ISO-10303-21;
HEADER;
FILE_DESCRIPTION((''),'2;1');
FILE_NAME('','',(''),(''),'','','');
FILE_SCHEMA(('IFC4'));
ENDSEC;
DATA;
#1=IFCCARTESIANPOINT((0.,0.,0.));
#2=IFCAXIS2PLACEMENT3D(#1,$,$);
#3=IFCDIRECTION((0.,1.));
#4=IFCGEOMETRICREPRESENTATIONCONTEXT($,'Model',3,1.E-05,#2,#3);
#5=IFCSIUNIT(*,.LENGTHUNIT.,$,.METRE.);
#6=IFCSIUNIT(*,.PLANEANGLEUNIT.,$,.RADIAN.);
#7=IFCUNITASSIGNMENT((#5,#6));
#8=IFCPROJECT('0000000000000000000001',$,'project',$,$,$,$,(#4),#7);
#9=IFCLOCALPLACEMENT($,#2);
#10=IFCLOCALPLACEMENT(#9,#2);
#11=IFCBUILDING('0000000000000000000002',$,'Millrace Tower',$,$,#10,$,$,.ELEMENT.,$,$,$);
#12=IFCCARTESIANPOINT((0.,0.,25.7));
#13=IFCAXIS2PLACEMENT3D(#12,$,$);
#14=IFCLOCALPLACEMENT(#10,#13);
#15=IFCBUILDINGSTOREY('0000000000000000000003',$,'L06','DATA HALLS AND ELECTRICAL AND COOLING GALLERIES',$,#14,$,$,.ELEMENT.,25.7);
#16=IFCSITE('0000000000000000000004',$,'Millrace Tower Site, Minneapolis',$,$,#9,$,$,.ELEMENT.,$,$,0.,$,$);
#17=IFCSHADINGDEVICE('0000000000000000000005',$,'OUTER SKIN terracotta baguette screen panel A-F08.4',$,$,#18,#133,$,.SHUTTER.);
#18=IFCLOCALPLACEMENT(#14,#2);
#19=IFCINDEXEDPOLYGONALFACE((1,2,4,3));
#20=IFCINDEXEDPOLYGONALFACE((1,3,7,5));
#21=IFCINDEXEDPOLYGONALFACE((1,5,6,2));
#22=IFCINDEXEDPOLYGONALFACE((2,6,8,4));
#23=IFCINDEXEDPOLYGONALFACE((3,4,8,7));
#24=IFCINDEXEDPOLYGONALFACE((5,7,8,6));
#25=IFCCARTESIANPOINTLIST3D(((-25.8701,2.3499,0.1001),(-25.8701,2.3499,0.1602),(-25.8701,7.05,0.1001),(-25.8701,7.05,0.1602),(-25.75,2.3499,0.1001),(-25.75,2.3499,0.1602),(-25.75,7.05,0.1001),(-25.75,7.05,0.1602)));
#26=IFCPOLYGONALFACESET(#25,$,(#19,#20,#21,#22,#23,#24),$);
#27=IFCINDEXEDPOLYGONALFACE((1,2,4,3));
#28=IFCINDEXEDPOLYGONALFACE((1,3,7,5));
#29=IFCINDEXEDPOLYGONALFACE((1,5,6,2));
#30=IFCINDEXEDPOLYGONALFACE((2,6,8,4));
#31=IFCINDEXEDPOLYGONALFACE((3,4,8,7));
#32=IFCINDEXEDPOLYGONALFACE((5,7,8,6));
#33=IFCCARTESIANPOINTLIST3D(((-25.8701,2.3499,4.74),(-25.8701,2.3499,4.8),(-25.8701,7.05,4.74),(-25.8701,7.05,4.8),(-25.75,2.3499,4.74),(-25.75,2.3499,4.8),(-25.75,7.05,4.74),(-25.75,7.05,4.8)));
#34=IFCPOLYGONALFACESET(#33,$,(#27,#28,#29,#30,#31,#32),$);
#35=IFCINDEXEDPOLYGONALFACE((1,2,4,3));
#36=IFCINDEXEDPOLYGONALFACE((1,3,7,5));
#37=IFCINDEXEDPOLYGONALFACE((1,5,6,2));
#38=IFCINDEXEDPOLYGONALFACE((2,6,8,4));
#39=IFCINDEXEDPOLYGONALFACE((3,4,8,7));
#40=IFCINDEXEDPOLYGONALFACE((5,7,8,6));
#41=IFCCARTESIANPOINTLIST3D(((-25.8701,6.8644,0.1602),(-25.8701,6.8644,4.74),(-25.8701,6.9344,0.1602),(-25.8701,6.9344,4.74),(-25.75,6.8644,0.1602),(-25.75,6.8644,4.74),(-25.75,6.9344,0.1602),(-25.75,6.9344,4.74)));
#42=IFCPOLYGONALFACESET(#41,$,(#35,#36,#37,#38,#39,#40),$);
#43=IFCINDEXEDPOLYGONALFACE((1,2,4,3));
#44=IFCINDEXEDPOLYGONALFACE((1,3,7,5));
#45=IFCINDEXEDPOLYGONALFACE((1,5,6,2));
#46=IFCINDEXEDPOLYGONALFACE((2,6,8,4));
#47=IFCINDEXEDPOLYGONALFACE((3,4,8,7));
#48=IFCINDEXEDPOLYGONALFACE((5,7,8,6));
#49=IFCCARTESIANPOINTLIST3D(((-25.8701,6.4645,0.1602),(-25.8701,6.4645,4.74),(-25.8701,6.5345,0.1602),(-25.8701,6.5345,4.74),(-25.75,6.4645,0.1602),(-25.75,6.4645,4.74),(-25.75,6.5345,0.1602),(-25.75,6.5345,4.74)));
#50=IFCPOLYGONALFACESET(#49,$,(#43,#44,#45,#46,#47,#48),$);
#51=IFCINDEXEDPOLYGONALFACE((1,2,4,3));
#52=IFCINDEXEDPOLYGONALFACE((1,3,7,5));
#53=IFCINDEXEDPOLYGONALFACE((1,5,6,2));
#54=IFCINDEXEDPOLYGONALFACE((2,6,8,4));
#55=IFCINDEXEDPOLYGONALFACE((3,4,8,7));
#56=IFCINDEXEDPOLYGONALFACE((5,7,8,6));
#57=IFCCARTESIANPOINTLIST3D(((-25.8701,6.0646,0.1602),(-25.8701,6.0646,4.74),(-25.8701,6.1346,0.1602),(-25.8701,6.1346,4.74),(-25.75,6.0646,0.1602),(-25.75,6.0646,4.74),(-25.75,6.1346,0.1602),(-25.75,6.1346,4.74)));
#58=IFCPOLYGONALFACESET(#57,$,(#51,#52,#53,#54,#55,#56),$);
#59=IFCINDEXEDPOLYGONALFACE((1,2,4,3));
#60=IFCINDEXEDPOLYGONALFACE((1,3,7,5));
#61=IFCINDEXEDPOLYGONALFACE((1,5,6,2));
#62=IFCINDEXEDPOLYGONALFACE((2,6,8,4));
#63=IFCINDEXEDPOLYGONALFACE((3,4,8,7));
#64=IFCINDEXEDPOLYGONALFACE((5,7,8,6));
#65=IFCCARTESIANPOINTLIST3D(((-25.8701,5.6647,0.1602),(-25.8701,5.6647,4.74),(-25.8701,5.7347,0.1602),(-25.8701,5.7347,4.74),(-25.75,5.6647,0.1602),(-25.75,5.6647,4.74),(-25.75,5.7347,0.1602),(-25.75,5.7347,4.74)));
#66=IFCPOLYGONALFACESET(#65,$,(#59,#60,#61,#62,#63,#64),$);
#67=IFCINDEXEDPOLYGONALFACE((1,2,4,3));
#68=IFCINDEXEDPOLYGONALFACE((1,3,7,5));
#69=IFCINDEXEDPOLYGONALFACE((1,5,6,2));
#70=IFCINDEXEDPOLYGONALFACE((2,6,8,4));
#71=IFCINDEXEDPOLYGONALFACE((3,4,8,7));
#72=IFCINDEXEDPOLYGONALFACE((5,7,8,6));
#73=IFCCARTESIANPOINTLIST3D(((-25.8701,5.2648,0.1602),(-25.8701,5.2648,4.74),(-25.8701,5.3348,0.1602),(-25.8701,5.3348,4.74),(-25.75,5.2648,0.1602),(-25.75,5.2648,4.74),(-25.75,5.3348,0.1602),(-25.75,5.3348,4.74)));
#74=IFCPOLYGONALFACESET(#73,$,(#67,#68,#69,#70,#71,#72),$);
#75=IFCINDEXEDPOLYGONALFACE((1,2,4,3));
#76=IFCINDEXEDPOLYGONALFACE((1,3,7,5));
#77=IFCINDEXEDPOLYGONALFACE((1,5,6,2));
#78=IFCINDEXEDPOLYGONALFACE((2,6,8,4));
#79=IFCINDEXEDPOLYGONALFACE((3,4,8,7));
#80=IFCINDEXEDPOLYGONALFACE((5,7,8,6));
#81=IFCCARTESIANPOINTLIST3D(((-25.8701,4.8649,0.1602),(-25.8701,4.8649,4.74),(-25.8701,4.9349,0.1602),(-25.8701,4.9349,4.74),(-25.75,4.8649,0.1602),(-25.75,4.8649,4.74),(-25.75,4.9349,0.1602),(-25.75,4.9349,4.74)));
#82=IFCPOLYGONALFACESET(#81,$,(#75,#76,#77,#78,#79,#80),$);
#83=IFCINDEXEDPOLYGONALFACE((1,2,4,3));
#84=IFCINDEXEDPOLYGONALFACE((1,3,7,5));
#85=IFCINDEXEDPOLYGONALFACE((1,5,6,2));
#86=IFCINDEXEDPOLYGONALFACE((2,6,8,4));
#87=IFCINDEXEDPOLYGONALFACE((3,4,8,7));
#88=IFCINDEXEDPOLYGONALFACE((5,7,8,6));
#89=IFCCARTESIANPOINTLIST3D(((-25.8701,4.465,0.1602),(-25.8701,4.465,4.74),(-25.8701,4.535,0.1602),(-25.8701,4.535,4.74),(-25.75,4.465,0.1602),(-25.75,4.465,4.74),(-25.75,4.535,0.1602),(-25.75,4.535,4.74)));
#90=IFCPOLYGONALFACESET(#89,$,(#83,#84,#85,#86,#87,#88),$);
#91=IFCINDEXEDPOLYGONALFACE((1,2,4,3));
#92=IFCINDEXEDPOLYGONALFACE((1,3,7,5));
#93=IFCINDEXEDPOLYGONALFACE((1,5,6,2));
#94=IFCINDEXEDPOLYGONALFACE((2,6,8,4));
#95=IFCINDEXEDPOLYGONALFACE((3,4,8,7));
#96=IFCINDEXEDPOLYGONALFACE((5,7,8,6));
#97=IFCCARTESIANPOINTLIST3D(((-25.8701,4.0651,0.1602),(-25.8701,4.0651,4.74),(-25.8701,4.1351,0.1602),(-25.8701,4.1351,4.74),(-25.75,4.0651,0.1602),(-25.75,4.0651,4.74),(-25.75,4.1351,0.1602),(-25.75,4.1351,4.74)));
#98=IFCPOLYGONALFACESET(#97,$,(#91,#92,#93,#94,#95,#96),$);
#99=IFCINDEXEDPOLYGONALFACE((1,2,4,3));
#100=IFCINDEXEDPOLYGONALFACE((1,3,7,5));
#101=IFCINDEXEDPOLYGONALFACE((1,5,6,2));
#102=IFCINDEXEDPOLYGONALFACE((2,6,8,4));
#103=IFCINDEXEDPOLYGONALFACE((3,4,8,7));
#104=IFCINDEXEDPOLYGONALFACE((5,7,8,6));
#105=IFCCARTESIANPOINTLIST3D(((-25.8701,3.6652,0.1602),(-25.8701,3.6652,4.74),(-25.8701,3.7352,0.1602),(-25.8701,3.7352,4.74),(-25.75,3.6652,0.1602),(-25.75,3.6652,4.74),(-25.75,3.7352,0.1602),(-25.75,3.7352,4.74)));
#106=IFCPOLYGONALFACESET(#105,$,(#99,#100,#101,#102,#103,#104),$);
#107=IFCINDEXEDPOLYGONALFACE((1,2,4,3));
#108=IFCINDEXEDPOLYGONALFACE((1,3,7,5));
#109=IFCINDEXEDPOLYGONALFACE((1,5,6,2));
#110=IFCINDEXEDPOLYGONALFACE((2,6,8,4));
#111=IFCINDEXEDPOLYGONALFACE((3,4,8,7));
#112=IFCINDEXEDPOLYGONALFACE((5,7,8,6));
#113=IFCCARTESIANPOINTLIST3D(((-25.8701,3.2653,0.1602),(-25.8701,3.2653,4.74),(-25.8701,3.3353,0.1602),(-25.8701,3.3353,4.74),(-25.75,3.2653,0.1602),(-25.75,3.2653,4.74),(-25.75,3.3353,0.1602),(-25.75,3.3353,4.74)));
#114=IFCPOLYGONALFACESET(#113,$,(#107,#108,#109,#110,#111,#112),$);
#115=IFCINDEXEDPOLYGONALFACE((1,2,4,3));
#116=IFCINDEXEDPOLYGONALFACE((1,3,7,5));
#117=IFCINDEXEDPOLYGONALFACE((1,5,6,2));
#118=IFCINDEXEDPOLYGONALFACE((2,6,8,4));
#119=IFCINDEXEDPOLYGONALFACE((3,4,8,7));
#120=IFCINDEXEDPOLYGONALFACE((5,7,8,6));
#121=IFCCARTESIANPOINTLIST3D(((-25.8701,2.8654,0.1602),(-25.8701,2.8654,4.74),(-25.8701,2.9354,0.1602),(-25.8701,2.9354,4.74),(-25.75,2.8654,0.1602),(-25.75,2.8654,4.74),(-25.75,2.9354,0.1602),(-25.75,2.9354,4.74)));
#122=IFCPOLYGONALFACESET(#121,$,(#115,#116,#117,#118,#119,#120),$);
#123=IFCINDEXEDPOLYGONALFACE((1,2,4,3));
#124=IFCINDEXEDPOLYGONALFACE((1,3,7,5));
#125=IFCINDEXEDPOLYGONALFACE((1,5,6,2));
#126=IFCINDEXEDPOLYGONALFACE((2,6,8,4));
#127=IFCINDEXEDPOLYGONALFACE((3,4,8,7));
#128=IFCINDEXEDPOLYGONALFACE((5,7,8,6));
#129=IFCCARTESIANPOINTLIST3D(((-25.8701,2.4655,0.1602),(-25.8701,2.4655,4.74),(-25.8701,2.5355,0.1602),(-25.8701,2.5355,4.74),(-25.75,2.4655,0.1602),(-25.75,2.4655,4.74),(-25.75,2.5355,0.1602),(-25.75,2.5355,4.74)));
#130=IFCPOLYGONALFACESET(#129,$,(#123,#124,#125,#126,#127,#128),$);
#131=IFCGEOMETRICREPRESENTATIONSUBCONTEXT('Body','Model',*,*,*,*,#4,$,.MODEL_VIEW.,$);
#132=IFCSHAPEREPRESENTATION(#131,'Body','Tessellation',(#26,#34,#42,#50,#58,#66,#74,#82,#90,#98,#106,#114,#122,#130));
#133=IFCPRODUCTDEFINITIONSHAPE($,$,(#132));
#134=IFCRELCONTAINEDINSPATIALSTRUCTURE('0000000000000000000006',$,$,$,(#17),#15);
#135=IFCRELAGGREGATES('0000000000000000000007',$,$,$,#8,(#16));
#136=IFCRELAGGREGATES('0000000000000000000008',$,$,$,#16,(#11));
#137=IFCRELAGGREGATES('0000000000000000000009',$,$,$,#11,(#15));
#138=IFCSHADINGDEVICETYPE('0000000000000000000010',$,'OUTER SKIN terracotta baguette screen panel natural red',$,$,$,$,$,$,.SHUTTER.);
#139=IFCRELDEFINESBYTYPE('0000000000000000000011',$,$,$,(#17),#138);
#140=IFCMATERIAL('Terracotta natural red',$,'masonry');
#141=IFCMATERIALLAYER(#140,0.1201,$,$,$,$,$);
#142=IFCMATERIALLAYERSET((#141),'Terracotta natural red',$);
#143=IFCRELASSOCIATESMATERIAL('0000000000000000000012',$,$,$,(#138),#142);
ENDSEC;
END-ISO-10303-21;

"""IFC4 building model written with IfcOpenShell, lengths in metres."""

from ifc_helpers import new_model, entity, si_unit, direction, frame, frame_2d, origin, place, context, subcontext, project, spatial, rectangle, extrude, source, transform, mapped, material, layer, layer_set, type_object, element, save


model = new_model("IFC4")

# Units and contexts
model_context = context("Model", 3, precision=1e-05, world=origin(), true_north=direction((0.0, 1.0)))
body_context = subcontext(model_context, "Body", "Model", "MODEL_VIEW")
ifc_project = project(units=[si_unit("LENGTHUNIT", "METRE"), si_unit("PLANEANGLEUNIT", "RADIAN")], contexts=[model_context])

# Site, building, storey
site_placement = place(None, origin())
site = spatial("IfcSite", under=ifc_project, at=site_placement, Name="Millrace Tower Site, Minneapolis", CompositionType="ELEMENT", RefElevation=0.0)
building_placement = place(site_placement, origin())
building = spatial("IfcBuilding", under=site, at=building_placement, Name="Millrace Tower", CompositionType="ELEMENT")
storey_placement = place(building_placement, frame((0.0, 0.0, 25.7)))
storey = spatial("IfcBuildingStorey", under=building, at=storey_placement, Name="L06", Description="DATA HALLS AND ELECTRICAL AND COOLING GALLERIES", CompositionType="ELEMENT", Elevation=25.7)

# Shading device
ifc_material_1 = material(Name="Terracotta natural red", Category="masonry")
ifc_layer_1 = layer(ifc_material_1, 0.1201)
ifc_layer_set_1 = layer_set([ifc_layer_1], Name="Terracotta natural red")
shading_device_type = type_object("IfcShadingDeviceType", Name="OUTER SKIN terracotta baguette screen panel natural red", PredefinedType="SHUTTER", material=ifc_layer_set_1)
cartesian_point = entity("IfcCartesianPoint", [-2.3501, 0.0601])
shared_polyline = entity("IfcPolyline", [cartesian_point, entity("IfcCartesianPoint", [2.3501, 0.0601]), entity("IfcCartesianPoint", [2.3501, -0.0601]), entity("IfcCartesianPoint", [-2.3501, -0.0601]), cartesian_point])
shared_shape = source(origin(), body_context, "Body", "SweptSolid", [
    entity("IfcExtrudedAreaSolid", entity("IfcArbitraryClosedProfileDef", "AREA", None, shared_polyline), entity("IfcAxis2Placement3D", entity("IfcCartesianPoint", [0.0, 0.0, 0.0])), entity("IfcDirection", [0.0, 0.0, 1.0]), 0.0601),
    entity("IfcExtrudedAreaSolid", entity("IfcArbitraryClosedProfileDef", "AREA", None, shared_polyline), entity("IfcAxis2Placement3D", entity("IfcCartesianPoint", [0.0, 0.0, 4.6399])), entity("IfcDirection", [0.0, 0.0, 1.0]), 0.0601),
    extrude(rectangle(XDim=0.0701, YDim=0.1201, at=frame_2d((-2.1995, 0.0))), frame((0.0, 0.0, 0.0601)), (0.0, 0.0, 1.0), 4.5798),
    extrude(rectangle(XDim=0.0701, YDim=0.1201, at=frame_2d((-1.7996, 0.0))), frame((0.0, 0.0, 0.0601)), (0.0, 0.0, 1.0), 4.5798),
    extrude(rectangle(XDim=0.0701, YDim=0.1201, at=frame_2d((-1.3997, 0.0))), frame((0.0, 0.0, 0.0601)), (0.0, 0.0, 1.0), 4.5798),
    extrude(rectangle(XDim=0.0701, YDim=0.1201, at=frame_2d((-0.9998, 0.0))), frame((0.0, 0.0, 0.0601)), (0.0, 0.0, 1.0), 4.5798),
    extrude(rectangle(XDim=0.0701, YDim=0.1201, at=frame_2d((-0.5999, 0.0))), frame((0.0, 0.0, 0.0601)), (0.0, 0.0, 1.0), 4.5798),
    extrude(rectangle(XDim=0.0701, YDim=0.1201, at=frame_2d((-0.2, 0.0))), frame((0.0, 0.0, 0.0601)), (0.0, 0.0, 1.0), 4.5798),
    extrude(rectangle(XDim=0.0701, YDim=0.1201, at=frame_2d((0.2, 0.0))), frame((0.0, 0.0, 0.0601)), (0.0, 0.0, 1.0), 4.5798),
    extrude(rectangle(XDim=0.0701, YDim=0.1201, at=frame_2d((0.5999, 0.0))), frame((0.0, 0.0, 0.0601)), (0.0, 0.0, 1.0), 4.5798),
    extrude(rectangle(XDim=0.0701, YDim=0.1201, at=frame_2d((0.9998, 0.0))), frame((0.0, 0.0, 0.0601)), (0.0, 0.0, 1.0), 4.5798),
    extrude(rectangle(XDim=0.0701, YDim=0.1201, at=frame_2d((1.3997, 0.0))), frame((0.0, 0.0, 0.0601)), (0.0, 0.0, 1.0), 4.5798),
    extrude(rectangle(XDim=0.0701, YDim=0.1201, at=frame_2d((1.7996, 0.0))), frame((0.0, 0.0, 0.0601)), (0.0, 0.0, 1.0), 4.5798),
    extrude(rectangle(XDim=0.0701, YDim=0.1201, at=frame_2d((2.1995, 0.0))), frame((0.0, 0.0, 0.0601)), (0.0, 0.0, 1.0), 4.5798),
])
for number, where, z_axis, x_axis, name in (
    (1, (-25.8101, 4.7, 0.1001), (0.0, 0.0, 1.0), (0.0, -1.0, 0.0), "OUTER SKIN terracotta baguette screen panel A-F08.4"),
):
    element("IfcShadingDevice", number, at=place(storey_placement, frame(where, z_axis=z_axis, x_axis=x_axis)), inside=storey, type_object=shading_device_type, Name=name, PredefinedType="SHUTTER", context=body_context, shape_type="MappedRepresentation", body=[
        mapped(shared_shape, transform((0.0, 0.0, 0.0), scale=1.0)),
    ])

save(model, "model.ifc")
